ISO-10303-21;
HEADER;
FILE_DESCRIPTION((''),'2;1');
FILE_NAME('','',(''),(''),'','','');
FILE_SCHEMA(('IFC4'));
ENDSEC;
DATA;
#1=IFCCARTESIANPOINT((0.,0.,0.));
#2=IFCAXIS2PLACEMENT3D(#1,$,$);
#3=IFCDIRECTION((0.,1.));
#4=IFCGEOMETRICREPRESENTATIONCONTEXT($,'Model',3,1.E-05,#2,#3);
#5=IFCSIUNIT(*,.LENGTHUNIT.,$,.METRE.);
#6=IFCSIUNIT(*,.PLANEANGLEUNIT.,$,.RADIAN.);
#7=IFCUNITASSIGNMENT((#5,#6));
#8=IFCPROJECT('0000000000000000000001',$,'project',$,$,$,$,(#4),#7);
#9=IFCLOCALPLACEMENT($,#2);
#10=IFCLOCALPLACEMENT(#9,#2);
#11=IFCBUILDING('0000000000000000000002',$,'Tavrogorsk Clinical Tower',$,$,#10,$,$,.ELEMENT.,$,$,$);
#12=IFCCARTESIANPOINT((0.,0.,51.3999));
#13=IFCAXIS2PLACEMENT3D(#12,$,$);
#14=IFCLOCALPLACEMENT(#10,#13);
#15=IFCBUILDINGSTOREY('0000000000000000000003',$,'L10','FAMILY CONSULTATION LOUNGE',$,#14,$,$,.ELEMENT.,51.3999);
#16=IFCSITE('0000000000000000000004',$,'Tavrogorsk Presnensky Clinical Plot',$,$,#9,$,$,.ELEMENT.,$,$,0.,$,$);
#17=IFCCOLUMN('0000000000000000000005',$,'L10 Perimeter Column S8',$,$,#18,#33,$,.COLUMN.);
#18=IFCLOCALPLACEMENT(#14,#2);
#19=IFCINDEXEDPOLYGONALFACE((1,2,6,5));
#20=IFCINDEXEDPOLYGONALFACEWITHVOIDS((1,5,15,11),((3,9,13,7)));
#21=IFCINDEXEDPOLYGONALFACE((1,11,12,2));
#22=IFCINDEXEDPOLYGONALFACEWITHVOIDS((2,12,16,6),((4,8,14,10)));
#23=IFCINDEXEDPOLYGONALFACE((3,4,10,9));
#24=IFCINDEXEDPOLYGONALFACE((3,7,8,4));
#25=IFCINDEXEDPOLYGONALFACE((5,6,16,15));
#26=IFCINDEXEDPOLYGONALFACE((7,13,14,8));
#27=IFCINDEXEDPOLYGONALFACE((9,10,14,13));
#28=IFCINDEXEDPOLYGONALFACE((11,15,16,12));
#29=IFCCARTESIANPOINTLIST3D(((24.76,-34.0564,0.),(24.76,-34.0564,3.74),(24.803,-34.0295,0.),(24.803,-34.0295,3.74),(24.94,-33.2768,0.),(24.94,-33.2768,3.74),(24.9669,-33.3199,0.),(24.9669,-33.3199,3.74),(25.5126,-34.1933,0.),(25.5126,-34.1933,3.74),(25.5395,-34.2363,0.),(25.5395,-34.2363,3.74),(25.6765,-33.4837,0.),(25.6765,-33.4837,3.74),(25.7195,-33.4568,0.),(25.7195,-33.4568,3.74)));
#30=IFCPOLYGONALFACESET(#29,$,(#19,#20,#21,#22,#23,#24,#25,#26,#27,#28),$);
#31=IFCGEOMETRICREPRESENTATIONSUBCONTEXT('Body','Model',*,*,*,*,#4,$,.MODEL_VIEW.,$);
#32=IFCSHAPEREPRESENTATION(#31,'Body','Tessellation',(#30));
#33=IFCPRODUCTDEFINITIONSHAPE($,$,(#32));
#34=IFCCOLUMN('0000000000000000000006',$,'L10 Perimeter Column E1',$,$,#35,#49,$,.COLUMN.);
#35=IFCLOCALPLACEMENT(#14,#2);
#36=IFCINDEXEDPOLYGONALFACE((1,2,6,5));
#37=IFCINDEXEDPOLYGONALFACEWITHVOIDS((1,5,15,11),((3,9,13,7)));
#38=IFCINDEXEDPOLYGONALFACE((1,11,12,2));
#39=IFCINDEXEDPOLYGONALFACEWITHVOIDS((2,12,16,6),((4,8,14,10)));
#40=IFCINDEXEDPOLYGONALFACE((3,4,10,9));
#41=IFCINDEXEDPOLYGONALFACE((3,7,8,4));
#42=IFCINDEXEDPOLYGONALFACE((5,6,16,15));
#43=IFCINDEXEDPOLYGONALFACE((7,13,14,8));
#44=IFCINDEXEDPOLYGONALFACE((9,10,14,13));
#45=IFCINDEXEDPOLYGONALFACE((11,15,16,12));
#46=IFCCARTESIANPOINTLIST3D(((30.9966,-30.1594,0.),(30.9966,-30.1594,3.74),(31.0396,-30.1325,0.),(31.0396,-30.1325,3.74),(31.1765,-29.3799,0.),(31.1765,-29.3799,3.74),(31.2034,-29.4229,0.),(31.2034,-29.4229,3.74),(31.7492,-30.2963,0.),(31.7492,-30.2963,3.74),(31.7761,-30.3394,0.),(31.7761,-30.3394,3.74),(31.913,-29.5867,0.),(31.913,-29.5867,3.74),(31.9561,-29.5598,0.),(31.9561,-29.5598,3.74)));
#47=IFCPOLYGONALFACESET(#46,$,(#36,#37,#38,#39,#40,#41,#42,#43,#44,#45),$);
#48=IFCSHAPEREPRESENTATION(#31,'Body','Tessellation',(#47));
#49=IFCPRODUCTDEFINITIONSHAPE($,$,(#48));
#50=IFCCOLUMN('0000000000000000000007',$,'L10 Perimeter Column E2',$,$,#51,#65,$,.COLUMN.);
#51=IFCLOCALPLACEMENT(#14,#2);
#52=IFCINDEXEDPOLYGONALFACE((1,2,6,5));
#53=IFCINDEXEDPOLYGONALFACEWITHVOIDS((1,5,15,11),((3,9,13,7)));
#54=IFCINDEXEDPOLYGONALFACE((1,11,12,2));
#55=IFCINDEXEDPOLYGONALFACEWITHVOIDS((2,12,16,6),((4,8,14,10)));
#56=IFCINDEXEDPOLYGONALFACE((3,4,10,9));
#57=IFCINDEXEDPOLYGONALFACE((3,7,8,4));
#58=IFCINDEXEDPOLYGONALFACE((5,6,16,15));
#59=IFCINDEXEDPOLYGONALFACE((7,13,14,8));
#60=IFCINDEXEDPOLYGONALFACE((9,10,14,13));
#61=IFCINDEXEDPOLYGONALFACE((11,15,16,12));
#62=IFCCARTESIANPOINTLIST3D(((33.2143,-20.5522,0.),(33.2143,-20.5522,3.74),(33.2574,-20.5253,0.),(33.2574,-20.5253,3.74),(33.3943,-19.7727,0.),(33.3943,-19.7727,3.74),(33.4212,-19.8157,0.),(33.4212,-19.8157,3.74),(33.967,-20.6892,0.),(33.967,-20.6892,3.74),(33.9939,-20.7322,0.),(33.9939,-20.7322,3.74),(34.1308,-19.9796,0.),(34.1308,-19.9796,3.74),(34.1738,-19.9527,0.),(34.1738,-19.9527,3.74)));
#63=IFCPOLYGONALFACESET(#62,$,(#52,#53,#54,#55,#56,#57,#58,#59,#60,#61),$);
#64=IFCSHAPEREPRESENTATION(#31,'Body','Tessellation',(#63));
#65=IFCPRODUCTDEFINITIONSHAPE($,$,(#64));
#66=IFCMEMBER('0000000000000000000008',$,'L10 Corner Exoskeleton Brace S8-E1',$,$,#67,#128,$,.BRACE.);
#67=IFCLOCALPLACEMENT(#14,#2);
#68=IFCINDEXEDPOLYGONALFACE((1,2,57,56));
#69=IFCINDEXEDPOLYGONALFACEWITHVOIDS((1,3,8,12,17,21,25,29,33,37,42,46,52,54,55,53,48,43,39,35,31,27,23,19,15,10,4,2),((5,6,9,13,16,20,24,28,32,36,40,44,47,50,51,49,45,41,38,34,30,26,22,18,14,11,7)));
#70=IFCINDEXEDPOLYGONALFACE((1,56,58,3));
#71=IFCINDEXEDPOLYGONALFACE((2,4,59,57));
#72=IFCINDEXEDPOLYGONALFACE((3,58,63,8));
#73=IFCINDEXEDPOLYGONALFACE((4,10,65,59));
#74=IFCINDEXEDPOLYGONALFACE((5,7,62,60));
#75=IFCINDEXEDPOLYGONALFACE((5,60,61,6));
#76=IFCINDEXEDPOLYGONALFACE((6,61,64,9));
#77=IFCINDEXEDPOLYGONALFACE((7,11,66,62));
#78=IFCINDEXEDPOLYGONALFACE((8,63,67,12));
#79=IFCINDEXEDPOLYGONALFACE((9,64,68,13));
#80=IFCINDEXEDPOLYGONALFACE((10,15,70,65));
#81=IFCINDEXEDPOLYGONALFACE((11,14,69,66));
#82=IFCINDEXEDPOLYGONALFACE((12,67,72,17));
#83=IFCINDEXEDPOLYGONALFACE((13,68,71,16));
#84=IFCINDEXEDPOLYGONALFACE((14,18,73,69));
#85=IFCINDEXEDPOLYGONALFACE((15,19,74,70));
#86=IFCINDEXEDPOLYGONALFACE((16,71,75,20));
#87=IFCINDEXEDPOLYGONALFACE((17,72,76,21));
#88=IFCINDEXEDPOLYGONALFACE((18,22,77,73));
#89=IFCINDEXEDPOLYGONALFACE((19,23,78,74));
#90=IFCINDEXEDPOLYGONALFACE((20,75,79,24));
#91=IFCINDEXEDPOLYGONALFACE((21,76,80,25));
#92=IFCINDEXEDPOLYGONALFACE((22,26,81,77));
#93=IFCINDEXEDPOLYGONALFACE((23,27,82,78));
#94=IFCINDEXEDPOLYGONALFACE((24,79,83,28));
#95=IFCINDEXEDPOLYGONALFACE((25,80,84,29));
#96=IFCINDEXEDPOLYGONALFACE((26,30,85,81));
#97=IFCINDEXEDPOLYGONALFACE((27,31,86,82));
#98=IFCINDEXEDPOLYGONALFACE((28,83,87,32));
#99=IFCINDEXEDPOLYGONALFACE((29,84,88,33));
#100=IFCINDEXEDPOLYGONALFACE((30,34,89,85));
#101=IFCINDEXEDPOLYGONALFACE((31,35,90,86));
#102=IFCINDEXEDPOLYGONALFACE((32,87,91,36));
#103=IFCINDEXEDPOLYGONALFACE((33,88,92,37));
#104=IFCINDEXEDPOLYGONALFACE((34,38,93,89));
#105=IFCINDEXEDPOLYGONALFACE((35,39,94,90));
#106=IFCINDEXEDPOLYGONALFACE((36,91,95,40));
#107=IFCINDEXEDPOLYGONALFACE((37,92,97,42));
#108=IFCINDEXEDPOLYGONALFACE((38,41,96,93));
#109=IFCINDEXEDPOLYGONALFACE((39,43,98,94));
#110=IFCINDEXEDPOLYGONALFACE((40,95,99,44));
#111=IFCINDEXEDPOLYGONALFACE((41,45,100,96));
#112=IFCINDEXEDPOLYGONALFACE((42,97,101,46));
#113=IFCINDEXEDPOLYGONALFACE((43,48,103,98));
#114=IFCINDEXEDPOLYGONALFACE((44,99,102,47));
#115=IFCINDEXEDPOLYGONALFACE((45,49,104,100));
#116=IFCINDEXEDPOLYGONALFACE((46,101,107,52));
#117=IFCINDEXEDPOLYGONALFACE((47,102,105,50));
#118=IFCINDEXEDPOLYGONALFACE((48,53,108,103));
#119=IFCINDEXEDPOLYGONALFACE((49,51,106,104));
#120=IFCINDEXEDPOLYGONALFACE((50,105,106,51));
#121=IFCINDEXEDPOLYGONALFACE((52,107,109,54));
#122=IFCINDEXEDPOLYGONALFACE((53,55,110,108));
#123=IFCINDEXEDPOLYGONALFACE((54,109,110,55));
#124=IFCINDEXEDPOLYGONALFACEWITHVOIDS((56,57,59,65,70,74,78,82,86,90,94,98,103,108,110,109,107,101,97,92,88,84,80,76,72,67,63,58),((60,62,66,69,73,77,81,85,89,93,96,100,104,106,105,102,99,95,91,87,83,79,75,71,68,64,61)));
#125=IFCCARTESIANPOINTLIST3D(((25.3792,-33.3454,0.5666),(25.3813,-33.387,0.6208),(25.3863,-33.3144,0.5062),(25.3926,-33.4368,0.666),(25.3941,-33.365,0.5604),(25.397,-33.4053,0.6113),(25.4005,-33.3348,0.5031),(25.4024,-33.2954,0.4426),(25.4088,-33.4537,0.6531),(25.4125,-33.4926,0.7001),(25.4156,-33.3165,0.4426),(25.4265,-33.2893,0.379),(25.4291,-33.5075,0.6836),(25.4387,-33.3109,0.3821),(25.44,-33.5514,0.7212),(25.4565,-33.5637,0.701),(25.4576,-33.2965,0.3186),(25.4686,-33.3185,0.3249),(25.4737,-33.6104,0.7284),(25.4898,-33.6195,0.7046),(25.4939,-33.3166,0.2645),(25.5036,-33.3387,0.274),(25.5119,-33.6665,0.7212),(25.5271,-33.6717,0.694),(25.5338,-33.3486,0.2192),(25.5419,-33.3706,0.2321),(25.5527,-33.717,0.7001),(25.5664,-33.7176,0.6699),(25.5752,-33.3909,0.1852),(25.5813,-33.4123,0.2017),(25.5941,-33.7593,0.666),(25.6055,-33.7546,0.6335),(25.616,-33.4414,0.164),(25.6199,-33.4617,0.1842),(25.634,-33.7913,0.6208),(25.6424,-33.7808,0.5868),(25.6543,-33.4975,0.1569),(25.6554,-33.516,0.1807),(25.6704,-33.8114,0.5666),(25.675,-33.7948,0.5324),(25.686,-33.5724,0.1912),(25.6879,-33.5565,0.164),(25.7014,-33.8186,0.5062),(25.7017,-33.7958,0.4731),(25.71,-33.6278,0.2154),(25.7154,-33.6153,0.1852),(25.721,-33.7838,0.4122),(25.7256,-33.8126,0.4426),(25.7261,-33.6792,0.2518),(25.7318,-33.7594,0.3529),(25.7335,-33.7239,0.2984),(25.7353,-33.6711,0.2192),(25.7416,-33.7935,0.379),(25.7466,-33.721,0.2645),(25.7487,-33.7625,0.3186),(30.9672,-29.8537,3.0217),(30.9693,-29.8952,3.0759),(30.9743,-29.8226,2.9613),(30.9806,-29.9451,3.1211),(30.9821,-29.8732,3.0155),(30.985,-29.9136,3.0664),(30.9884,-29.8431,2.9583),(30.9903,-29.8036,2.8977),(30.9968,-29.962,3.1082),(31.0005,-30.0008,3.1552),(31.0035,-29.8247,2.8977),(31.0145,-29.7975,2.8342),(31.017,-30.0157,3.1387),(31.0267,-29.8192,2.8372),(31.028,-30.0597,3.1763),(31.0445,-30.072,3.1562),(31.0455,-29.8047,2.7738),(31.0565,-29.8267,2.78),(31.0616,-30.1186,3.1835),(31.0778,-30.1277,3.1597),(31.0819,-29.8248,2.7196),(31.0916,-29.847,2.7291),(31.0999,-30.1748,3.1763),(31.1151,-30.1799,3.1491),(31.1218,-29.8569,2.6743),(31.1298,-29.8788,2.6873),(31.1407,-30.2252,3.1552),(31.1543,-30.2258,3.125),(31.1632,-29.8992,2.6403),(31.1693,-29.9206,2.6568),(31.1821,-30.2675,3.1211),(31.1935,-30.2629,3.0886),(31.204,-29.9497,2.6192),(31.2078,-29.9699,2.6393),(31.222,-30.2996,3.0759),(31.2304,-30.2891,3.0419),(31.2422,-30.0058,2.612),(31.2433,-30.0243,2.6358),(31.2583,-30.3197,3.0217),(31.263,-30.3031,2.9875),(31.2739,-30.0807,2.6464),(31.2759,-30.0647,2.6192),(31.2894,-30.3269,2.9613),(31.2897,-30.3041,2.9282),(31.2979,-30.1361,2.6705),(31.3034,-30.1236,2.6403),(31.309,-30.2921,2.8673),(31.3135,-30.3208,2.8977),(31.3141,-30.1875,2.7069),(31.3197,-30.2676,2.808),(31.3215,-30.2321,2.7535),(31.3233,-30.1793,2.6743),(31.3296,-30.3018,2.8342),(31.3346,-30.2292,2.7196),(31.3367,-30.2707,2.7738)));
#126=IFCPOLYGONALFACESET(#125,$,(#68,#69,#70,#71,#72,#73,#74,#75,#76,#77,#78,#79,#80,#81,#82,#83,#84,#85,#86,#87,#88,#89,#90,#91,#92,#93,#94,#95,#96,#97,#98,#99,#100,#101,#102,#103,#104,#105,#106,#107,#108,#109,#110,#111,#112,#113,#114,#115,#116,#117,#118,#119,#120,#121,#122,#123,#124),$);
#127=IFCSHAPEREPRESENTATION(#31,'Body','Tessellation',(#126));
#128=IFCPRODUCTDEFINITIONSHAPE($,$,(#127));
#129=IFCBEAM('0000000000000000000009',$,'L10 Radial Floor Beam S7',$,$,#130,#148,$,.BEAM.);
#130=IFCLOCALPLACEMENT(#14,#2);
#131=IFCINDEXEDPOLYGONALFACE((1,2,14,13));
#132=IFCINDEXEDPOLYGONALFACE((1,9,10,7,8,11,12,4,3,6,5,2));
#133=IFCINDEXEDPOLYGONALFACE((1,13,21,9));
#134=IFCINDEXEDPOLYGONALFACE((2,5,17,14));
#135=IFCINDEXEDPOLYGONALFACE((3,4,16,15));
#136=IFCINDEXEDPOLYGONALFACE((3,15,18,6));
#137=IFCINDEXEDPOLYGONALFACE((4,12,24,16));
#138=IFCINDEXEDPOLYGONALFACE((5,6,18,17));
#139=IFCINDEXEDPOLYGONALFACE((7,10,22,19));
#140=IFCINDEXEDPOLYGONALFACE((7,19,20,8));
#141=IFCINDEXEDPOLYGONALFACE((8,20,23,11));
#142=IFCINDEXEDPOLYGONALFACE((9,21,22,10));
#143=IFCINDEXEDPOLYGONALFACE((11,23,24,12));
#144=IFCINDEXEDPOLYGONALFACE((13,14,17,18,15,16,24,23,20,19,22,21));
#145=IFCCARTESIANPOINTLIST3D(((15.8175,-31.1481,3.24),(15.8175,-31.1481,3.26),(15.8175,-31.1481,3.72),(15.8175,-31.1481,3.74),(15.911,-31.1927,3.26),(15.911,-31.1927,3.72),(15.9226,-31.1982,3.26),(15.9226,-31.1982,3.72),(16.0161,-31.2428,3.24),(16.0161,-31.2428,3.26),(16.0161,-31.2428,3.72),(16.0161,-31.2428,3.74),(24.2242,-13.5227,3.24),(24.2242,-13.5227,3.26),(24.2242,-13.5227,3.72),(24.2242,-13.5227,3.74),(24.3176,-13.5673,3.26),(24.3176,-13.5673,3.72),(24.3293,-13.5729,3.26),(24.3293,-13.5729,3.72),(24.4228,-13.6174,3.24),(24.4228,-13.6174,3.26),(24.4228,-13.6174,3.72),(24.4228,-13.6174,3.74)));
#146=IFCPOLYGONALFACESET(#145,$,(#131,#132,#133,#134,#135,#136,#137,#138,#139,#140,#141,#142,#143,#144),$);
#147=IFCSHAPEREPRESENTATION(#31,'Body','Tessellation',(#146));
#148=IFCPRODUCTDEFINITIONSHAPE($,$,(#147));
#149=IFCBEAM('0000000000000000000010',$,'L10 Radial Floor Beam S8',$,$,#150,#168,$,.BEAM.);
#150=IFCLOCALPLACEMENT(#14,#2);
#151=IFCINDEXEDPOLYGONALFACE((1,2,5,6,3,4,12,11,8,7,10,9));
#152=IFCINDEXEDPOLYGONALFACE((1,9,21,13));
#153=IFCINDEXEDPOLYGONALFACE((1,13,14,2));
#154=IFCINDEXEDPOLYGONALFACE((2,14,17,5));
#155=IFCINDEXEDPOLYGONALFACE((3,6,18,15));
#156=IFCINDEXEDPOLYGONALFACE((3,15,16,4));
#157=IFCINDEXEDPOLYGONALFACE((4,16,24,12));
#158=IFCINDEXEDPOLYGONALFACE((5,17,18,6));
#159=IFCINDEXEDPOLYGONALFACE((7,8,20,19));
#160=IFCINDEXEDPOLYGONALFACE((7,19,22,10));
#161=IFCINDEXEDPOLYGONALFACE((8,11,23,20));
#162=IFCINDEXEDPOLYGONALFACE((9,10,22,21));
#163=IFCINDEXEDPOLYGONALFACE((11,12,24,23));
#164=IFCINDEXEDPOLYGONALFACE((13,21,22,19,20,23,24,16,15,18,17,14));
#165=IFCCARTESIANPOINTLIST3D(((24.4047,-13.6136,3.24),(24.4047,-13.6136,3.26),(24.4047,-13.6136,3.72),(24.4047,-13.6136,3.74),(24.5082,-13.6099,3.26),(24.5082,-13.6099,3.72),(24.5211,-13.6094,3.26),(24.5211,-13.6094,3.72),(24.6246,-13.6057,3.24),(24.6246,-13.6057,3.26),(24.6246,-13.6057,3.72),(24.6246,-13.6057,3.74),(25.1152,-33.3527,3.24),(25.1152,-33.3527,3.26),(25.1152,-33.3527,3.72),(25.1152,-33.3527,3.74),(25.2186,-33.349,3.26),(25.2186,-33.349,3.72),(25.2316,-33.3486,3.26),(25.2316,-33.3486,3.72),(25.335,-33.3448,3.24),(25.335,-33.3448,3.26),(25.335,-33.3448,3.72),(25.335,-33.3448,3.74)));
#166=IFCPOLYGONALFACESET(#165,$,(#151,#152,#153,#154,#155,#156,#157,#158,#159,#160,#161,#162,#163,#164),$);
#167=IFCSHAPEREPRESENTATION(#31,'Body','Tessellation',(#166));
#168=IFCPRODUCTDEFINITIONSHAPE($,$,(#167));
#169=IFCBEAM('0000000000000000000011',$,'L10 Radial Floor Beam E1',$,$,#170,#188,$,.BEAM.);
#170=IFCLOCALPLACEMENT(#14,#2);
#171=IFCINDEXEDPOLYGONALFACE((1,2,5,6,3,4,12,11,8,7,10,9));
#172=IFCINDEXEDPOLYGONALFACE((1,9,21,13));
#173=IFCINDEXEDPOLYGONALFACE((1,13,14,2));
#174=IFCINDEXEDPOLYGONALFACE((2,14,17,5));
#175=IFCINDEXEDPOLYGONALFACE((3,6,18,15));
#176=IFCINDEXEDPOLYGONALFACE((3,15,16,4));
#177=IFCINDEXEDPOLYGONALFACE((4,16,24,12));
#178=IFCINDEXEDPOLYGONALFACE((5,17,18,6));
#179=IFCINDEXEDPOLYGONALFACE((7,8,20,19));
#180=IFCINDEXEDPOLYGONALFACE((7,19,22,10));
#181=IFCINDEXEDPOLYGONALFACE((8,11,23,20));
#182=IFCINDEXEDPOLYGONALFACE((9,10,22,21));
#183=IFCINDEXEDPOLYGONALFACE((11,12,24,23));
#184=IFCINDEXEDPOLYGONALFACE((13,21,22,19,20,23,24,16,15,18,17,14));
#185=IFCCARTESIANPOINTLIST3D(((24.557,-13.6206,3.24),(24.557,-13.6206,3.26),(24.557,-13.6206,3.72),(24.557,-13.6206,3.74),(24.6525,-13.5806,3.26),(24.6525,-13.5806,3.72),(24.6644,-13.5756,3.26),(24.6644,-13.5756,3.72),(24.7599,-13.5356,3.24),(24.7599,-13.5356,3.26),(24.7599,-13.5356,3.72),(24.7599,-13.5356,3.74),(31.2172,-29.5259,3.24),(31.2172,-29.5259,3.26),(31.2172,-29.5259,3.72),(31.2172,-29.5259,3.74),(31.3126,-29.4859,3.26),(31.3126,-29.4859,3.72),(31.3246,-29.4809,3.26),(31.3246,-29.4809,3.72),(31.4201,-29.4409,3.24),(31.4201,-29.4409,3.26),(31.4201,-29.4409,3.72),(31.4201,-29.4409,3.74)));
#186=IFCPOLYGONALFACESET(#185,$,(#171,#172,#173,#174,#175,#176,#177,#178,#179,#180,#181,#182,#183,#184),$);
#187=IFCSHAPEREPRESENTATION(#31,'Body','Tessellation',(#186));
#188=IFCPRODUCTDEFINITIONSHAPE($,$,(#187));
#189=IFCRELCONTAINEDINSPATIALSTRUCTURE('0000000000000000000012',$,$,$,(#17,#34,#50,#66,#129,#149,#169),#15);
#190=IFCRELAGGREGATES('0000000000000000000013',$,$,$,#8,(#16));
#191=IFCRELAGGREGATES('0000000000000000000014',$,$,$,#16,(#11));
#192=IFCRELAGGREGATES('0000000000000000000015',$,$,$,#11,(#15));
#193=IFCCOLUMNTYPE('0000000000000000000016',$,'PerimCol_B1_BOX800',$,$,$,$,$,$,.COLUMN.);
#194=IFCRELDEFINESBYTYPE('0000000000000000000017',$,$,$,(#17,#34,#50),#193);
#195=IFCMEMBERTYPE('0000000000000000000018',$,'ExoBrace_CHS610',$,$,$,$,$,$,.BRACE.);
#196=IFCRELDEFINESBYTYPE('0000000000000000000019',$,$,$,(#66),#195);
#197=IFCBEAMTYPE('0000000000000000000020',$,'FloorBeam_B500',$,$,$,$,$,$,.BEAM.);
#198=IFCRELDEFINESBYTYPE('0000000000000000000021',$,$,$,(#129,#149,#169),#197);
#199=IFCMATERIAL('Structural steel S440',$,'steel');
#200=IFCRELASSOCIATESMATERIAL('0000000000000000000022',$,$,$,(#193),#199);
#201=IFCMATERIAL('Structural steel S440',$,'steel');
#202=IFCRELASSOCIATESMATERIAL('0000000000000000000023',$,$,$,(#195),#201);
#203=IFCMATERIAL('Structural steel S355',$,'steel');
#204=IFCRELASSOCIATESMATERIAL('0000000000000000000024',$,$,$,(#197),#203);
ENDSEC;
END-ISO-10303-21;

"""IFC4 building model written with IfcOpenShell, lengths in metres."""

from ifc_helpers import new_model, si_unit, direction, frame, origin, origin_2d, place, context, subcontext, project, spatial, hollow_rectangle, hollow_circle, i_section, extrude, material, material_profile, profile_set, type_object, element, save


model = new_model("IFC4")

# Units and contexts
model_context = context("Model", 3, precision=1e-05, world=origin(), true_north=direction((0.0, 1.0)))
body_context = subcontext(model_context, "Body", "Model", "MODEL_VIEW")
ifc_project = project(units=[si_unit("LENGTHUNIT", "METRE"), si_unit("PLANEANGLEUNIT", "RADIAN")], contexts=[model_context])

# Site, building, storey
site_placement = place(None, origin())
site = spatial("IfcSite", under=ifc_project, at=site_placement, Name="Tavrogorsk Presnensky Clinical Plot", CompositionType="ELEMENT", RefElevation=0.0)
building_placement = place(site_placement, origin())
building = spatial("IfcBuilding", under=site, at=building_placement, Name="Tavrogorsk Clinical Tower", CompositionType="ELEMENT")
storey_placement = place(building_placement, frame((0.0, 0.0, 51.3999)))
storey = spatial("IfcBuildingStorey", under=building, at=storey_placement, Name="L10", Description="FAMILY CONSULTATION LOUNGE", CompositionType="ELEMENT", Elevation=51.3999)

# Columns
ifc_material_1 = material(Name="Structural steel S440", Category="steel")
ifc_material_profile_1 = material_profile(ifc_material_1, hollow_rectangle(XDim=0.8, YDim=0.8, WallThickness=0.0359, at=origin_2d()), Name="BOX-800x800x36")
ifc_profile_set_1 = profile_set([ifc_material_profile_1], Name="Structural steel S440")
column_type = type_object("IfcColumnType", Name="PerimCol_B1_BOX800", PredefinedType="COLUMN", material=ifc_profile_set_1)
for number, where, z_axis, x_axis, name in (
    (1, (25.2397, -33.7566, 0.0), (0.0, 0.0, 1.0), (0.97437, -0.224951, 0.0), "L10 Perimeter Column S8"),
    (2, (31.4763, -29.8596, 0.0), (0.0, 0.0, 1.0), (0.97437, -0.224951, 0.0), "L10 Perimeter Column E1"),
    (3, (33.6941, -20.2524, 0.0), (0.0, 0.0, 1.0), (0.97437, -0.224951, 0.0), "L10 Perimeter Column E2"),
):
    element("IfcColumn", number, at=place(storey_placement, frame(where, z_axis=z_axis, x_axis=x_axis)), inside=storey, type_object=column_type, Name=name, PredefinedType="COLUMN", context=body_context, shape_type="SweptSolid", body=[
        extrude(hollow_rectangle(XDim=0.8, YDim=0.8, WallThickness=0.0359, at=origin_2d()), origin(), (0.0, 0.0, 1.0), 3.74),
    ])

# Member
ifc_material_2 = material(Name="Structural steel S440", Category="steel")
ifc_material_profile_2 = material_profile(ifc_material_2, hollow_circle(Radius=0.3049, WallThickness=0.0249, at=origin_2d()), Name="CHS-610x25")
ifc_profile_set_2 = profile_set([ifc_material_profile_2], Name="Structural steel S440")
member_type_1 = type_object("IfcMemberType", Name="ExoBrace_CHS610", PredefinedType="BRACE", material=ifc_profile_set_2)
member_1_placement = place(storey_placement, frame((25.564, -33.554, 0.4426), z_axis=(0.794679, 0.49657, 0.349148), x_axis=(-0.529919, 0.848048, 0.0)))
element("IfcMember", 4, at=member_1_placement, inside=storey, type_object=member_type_1, Name="L10 Corner Exoskeleton Brace S8-E1", PredefinedType="BRACE", context=body_context, shape_type="SweptSolid", body=[
    extrude(hollow_circle(Radius=0.3049, WallThickness=0.0249, at=origin_2d()), origin(), (0.0, 0.0, 1.0), 7.0317),
])

# Beams
ifc_material_3 = material(Name="Structural steel S355", Category="steel")
ifc_material_profile_3 = material_profile(ifc_material_3, i_section(OverallWidth=0.22, OverallDepth=0.5, WebThickness=0.0129, FlangeThickness=0.02, at=origin_2d()), Name="B-500x220x13x20")
ifc_profile_set_3 = profile_set([ifc_material_profile_3], Name="Structural steel S355")
beam_type_1 = type_object("IfcBeamType", Name="FloorBeam_B500", PredefinedType="BEAM", material=ifc_profile_set_3)
beam_1_placement = place(storey_placement, frame((24.3235, -13.5701, 3.49), z_axis=(-0.430503, -0.902589, 0.0), x_axis=(0.902589, -0.430503, 0.0)))
element("IfcBeam", 5, at=beam_1_placement, inside=storey, type_object=beam_type_1, Name="L10 Radial Floor Beam S7", PredefinedType="BEAM", context=body_context, shape_type="SweptSolid", body=[
    extrude(i_section(OverallWidth=0.22, OverallDepth=0.5, WebThickness=0.0129, FlangeThickness=0.02, at=origin_2d()), origin(), (0.0, 0.0, 1.0), 19.5276),
])
beam_2_placement = place(storey_placement, frame((24.5146, -13.6096, 3.49), z_axis=(0.035968, -0.999353, 0.0), x_axis=(0.999353, 0.035968, 0.0)))
element("IfcBeam", 6, at=beam_2_placement, inside=storey, type_object=beam_type_1, Name="L10 Radial Floor Beam S8", PredefinedType="BEAM", context=body_context, shape_type="SweptSolid", body=[
    extrude(i_section(OverallWidth=0.22, OverallDepth=0.5, WebThickness=0.0129, FlangeThickness=0.02, at=origin_2d()), origin(), (0.0, 0.0, 1.0), 19.752),
])
beam_3_placement = place(storey_placement, frame((24.6584, -13.5781, 3.49), z_axis=(0.386243, -0.922397, 0.0), x_axis=(0.922397, 0.386243, 0.0)))
element("IfcBeam", 7, at=beam_3_placement, inside=storey, type_object=beam_type_1, Name="L10 Radial Floor Beam E1", PredefinedType="BEAM", context=body_context, shape_type="SweptSolid", body=[
    extrude(i_section(OverallWidth=0.22, OverallDepth=0.5, WebThickness=0.0129, FlangeThickness=0.02, at=origin_2d()), origin(), (0.0, 0.0, 1.0), 17.2434),
])

save(model, "model.ifc")
